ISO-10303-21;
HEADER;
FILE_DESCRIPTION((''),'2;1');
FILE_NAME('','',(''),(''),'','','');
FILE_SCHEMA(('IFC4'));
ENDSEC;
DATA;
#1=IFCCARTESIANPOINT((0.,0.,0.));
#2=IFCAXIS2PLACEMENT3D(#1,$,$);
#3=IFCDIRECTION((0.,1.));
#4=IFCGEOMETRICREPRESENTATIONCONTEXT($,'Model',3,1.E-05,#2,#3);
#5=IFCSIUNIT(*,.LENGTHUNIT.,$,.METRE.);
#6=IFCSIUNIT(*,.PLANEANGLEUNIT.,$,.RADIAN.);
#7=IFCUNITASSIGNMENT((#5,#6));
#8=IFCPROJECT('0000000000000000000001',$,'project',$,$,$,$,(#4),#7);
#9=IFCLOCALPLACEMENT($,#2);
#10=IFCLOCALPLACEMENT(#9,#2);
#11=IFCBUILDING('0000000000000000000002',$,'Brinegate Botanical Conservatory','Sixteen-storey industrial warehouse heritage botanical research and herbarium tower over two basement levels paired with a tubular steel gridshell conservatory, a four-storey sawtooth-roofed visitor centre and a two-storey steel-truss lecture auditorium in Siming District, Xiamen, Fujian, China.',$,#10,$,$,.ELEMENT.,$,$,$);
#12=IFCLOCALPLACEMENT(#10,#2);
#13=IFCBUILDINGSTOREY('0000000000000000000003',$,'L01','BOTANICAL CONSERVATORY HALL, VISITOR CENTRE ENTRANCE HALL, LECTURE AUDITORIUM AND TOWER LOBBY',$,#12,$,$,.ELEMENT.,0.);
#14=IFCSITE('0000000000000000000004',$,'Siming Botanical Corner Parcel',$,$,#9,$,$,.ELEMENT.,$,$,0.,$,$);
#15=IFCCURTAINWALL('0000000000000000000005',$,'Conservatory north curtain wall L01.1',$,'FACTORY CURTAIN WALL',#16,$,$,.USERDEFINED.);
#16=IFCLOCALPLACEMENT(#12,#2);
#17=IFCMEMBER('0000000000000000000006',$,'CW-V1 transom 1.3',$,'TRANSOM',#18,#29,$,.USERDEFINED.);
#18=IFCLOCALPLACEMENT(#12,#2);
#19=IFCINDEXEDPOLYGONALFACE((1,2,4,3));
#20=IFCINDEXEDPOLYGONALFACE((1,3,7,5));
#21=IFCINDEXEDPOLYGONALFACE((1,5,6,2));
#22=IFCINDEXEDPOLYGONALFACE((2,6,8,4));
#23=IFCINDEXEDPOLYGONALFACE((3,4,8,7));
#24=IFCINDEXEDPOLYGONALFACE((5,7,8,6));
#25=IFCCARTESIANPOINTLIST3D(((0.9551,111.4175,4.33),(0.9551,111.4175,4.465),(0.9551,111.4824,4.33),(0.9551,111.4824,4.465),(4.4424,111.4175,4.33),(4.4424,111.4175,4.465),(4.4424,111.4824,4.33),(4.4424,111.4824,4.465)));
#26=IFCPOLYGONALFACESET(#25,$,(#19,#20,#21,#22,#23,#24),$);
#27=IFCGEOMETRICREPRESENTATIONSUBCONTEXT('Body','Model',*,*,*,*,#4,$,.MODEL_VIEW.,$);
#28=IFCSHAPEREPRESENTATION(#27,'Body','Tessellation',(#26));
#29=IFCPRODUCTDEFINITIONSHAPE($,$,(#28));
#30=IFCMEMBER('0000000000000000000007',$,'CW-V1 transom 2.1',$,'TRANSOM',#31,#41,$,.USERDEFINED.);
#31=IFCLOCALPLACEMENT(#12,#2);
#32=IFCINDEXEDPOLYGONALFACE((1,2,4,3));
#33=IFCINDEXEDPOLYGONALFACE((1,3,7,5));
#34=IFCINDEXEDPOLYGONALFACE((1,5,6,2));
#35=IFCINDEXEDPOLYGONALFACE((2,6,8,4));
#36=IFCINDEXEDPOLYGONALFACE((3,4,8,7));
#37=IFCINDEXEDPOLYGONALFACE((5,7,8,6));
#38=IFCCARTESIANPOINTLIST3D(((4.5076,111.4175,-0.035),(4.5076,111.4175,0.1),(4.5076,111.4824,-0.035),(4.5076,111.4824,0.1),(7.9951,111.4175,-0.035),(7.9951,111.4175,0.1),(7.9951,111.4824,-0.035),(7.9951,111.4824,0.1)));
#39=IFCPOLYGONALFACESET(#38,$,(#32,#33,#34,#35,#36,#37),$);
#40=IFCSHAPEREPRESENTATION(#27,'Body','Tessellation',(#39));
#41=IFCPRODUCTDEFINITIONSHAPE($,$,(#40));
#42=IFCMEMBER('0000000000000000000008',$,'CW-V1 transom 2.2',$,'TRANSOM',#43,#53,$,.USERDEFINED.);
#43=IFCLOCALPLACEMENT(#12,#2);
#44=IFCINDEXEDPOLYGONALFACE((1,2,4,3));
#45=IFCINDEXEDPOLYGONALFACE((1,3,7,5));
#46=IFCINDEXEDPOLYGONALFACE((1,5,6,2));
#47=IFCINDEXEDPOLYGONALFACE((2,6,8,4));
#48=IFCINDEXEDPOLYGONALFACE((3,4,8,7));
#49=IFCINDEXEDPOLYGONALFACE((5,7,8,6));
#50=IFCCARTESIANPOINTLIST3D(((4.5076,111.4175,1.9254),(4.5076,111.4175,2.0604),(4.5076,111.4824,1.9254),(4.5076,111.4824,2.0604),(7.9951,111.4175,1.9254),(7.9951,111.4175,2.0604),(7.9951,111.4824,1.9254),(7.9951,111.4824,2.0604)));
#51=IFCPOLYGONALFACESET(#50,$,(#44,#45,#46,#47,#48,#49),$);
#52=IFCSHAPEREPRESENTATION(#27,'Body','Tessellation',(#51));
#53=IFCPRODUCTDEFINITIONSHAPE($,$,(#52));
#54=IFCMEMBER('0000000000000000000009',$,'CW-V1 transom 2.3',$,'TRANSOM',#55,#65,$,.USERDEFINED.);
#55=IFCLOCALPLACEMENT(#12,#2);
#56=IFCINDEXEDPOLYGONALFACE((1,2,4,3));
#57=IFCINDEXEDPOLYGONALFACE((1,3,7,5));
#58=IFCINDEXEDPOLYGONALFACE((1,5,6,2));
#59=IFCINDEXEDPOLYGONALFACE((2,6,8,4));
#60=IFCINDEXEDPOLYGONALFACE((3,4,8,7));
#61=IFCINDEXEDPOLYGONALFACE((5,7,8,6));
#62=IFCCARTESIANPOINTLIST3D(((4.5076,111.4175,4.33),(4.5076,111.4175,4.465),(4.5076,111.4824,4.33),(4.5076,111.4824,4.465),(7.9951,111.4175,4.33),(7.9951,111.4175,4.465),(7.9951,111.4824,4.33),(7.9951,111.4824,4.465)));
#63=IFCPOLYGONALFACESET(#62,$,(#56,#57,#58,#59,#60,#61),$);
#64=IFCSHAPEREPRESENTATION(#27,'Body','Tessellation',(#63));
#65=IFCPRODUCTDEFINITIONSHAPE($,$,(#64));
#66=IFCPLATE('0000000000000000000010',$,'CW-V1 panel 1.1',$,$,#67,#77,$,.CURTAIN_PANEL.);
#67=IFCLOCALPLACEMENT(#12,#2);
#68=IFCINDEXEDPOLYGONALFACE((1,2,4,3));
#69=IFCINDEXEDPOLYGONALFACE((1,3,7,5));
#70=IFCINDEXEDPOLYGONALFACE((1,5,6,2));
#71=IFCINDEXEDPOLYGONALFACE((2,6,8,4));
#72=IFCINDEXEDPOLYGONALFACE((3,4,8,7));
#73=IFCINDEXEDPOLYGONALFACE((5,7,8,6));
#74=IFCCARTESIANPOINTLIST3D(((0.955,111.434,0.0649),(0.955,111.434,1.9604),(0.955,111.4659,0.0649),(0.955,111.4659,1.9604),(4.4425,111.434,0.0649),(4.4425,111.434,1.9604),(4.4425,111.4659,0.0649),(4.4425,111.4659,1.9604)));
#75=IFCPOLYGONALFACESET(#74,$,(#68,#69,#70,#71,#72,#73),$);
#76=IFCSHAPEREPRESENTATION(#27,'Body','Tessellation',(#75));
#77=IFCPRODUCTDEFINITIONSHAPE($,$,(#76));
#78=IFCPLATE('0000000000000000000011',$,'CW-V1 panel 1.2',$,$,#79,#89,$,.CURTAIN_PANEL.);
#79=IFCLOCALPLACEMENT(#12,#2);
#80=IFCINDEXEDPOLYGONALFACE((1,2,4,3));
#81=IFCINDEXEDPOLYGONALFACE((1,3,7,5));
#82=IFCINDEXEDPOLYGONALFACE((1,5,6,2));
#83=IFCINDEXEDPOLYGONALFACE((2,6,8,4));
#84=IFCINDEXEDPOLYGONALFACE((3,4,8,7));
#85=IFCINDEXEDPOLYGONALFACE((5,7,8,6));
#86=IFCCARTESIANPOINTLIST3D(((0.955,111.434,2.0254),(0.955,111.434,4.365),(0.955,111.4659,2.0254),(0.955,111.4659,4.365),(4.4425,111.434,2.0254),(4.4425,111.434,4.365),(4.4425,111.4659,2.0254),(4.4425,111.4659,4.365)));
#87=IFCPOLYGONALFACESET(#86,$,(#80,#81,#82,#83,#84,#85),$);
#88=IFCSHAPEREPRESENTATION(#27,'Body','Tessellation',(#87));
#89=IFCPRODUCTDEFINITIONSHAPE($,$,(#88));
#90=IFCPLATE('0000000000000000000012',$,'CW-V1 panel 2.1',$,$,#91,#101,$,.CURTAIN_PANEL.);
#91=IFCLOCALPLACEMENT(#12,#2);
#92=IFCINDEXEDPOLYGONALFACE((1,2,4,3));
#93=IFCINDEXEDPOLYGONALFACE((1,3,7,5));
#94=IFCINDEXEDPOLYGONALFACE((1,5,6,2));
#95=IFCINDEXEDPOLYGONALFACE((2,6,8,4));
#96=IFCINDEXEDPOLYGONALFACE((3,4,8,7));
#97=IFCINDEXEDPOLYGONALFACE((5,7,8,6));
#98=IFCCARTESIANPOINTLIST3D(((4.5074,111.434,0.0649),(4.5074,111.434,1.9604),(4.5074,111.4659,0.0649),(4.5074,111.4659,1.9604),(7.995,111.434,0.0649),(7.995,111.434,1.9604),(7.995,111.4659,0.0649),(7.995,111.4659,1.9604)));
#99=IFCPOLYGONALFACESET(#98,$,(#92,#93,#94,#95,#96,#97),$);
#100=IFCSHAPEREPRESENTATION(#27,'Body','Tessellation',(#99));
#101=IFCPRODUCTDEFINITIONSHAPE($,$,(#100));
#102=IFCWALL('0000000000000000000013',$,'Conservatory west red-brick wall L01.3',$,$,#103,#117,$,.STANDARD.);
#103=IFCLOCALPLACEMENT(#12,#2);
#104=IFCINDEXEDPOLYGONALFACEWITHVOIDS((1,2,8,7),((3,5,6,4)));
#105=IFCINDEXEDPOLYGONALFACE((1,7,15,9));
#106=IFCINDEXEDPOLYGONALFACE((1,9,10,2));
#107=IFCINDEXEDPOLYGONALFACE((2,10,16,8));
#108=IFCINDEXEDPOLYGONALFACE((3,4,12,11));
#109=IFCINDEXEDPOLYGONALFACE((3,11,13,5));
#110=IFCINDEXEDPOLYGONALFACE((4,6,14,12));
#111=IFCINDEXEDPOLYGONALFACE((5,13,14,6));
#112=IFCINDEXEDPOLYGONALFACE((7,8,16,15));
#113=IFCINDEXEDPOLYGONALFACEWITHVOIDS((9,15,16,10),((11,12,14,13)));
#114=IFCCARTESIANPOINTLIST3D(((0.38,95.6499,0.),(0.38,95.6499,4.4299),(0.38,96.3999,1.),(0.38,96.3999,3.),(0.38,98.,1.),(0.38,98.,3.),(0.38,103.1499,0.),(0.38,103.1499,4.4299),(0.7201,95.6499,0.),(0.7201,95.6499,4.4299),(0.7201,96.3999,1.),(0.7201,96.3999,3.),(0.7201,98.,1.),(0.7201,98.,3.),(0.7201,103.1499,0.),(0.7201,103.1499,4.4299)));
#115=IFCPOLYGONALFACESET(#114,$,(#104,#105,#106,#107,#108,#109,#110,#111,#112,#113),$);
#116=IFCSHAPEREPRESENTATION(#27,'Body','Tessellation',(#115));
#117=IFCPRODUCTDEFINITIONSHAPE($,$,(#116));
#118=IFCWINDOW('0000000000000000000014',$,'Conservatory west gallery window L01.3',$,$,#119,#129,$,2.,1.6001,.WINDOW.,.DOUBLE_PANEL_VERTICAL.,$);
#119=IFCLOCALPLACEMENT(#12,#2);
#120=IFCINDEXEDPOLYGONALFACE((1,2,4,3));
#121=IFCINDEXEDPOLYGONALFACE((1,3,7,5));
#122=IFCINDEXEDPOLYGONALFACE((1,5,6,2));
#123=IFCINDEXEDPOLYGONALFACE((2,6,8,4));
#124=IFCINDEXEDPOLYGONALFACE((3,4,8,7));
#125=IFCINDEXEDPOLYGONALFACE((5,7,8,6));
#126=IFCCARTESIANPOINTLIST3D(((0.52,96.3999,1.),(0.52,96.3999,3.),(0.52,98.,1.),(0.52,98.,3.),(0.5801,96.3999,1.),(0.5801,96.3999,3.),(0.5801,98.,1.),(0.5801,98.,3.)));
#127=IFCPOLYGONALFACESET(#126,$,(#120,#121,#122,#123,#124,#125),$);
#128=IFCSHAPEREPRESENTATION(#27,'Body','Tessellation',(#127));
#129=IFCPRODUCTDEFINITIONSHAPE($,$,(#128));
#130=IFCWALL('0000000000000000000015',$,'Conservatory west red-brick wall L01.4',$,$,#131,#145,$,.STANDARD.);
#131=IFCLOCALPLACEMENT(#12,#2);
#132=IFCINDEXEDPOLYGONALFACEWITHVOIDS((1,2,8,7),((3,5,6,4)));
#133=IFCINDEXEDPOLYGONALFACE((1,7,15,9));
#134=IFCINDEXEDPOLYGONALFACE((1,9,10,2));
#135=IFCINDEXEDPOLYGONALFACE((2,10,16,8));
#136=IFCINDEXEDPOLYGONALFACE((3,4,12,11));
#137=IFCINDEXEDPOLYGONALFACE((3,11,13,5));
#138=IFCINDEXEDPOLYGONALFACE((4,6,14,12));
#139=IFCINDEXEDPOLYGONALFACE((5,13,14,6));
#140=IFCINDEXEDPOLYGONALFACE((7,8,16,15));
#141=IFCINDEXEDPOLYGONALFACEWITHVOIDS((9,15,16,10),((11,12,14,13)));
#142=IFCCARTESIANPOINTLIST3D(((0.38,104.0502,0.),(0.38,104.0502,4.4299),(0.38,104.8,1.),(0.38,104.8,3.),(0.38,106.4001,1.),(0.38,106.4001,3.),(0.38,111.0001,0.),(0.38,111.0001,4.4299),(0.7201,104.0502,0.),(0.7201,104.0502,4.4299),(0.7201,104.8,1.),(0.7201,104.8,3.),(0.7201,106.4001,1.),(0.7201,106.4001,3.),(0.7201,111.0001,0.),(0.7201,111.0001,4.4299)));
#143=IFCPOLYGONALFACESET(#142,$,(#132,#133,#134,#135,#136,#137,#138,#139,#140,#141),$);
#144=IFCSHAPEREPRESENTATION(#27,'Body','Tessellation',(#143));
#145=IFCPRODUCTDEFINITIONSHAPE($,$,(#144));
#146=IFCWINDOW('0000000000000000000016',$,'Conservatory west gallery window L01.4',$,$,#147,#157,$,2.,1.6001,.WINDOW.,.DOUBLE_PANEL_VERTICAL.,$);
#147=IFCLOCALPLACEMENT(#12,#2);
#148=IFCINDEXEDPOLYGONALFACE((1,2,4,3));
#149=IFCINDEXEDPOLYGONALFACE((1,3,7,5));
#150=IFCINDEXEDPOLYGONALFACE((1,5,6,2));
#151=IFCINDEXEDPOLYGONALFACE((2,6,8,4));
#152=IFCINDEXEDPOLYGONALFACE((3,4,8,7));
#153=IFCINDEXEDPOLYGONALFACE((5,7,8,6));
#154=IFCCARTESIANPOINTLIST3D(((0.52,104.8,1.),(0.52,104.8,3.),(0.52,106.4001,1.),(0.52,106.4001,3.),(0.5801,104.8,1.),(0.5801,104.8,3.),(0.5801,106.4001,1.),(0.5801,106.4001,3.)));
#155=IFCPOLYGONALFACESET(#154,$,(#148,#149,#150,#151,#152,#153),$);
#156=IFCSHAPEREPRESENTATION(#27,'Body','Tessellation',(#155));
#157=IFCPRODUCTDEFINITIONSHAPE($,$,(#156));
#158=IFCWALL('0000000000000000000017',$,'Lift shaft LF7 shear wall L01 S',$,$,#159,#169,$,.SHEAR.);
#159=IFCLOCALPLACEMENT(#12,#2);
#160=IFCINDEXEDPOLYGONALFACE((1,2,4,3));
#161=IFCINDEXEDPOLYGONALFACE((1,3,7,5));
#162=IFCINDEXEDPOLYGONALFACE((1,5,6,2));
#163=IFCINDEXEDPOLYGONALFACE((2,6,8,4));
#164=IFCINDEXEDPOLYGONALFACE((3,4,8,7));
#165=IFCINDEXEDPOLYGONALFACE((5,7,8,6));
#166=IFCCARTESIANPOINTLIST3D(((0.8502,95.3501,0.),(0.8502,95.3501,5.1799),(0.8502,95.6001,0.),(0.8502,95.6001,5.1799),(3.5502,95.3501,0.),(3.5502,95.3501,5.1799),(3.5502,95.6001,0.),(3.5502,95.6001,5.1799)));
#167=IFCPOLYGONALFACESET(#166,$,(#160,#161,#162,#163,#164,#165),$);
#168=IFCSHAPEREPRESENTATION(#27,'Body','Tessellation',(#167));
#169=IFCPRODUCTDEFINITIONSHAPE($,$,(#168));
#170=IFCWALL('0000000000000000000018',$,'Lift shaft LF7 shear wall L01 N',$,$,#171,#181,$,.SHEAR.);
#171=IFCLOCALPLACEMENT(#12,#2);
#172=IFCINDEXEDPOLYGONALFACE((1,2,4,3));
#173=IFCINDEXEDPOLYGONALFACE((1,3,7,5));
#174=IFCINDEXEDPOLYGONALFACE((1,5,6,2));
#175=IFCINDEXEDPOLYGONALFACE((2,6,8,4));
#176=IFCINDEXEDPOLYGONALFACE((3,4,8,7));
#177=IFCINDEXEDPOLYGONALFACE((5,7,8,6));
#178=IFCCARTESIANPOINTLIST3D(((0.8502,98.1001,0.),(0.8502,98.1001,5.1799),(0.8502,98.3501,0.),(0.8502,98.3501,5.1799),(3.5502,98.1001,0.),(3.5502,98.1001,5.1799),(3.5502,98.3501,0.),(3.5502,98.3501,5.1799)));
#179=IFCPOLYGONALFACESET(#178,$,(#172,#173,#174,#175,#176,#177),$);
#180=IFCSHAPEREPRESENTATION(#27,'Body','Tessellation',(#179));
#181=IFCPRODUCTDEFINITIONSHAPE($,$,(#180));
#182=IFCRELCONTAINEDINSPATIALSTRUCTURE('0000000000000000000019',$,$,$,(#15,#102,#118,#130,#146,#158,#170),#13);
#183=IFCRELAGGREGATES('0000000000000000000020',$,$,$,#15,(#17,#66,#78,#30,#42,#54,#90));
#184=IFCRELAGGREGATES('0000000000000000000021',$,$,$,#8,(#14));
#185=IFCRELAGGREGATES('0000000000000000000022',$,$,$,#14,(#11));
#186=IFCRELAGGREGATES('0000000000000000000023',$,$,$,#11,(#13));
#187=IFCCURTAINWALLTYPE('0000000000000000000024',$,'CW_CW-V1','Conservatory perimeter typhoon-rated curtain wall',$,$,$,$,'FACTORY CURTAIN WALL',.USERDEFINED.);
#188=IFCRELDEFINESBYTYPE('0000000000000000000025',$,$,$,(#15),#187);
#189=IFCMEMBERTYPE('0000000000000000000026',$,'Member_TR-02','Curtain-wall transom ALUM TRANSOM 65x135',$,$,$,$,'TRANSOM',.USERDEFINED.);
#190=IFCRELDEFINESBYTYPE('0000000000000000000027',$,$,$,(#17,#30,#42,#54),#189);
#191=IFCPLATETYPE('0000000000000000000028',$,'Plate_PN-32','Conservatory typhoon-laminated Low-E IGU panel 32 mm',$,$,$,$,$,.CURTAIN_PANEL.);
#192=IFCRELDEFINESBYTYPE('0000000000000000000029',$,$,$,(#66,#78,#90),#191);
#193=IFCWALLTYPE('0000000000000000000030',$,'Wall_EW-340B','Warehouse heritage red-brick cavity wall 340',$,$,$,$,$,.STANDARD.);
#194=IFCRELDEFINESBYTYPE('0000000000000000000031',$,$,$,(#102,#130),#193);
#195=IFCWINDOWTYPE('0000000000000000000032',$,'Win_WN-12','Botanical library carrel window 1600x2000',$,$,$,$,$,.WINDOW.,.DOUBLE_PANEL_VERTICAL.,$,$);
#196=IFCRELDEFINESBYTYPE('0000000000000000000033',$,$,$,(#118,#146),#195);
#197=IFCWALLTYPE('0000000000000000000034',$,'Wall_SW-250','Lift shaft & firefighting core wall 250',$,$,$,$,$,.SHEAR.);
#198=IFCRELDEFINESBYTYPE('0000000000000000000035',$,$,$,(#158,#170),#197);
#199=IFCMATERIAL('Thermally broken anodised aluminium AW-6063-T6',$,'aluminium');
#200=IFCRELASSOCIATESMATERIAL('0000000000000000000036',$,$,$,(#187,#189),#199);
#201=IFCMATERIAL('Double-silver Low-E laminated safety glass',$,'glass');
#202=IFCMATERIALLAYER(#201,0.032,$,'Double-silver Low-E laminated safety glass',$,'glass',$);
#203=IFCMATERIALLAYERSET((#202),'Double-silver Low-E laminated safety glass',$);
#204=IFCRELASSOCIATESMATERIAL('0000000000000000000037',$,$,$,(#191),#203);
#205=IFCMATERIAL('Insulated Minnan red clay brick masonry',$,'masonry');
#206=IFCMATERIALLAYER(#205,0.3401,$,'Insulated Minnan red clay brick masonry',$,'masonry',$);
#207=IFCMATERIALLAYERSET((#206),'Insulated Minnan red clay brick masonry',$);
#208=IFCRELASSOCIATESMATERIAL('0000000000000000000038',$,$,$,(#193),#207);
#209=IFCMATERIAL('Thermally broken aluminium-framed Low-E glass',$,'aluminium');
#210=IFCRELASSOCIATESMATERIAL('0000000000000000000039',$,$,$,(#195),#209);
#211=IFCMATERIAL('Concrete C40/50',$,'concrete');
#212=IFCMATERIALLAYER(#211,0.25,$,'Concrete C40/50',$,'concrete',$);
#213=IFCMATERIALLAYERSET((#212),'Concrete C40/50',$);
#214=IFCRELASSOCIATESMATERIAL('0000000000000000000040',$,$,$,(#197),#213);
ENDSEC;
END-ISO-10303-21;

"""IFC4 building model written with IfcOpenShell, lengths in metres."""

from ifc_helpers import new_model, si_unit, direction, frame, frame_2d, origin, origin_2d, place, context, subcontext, project, spatial, rectangle, extrude, material, layer, layer_set, material_profile, profile_set, type_object, element, fill, aggregate, save


model = new_model("IFC4")

# Units and contexts
model_context = context("Model", 3, precision=1e-05, world=origin(), true_north=direction((0.0, 1.0)))
body_context = subcontext(model_context, "Body", "Model", "MODEL_VIEW")
ifc_project = project(units=[si_unit("LENGTHUNIT", "METRE"), si_unit("PLANEANGLEUNIT", "RADIAN")], contexts=[model_context])

# Site, building, storey
site_placement = place(None, origin())
site = spatial("IfcSite", under=ifc_project, at=site_placement, Name="Siming Botanical Corner Parcel", CompositionType="ELEMENT", RefElevation=0.0)
building_placement = place(site_placement, origin())
building = spatial("IfcBuilding", under=site, at=building_placement, Name="Brinegate Botanical Conservatory", Description="Sixteen-storey industrial warehouse heritage botanical research and herbarium tower over two basement levels paired with a tubular steel gridshell conservatory, a four-storey sawtooth-roofed visitor centre and a two-storey steel-truss lecture auditorium in Siming District, Xiamen, Fujian, China.", CompositionType="ELEMENT")
storey_placement = place(building_placement, origin())
storey = spatial("IfcBuildingStorey", under=building, at=storey_placement, Name="L01", Description="BOTANICAL CONSERVATORY HALL, VISITOR CENTRE ENTRANCE HALL, LECTURE AUDITORIUM AND TOWER LOBBY", CompositionType="ELEMENT", Elevation=0.0)

# Shared definitions
ifc_material_1 = material(Name="Concrete C40/50", Category="concrete")

# Curtain wall, members, plates
ifc_material_2 = material(Name="Thermally broken anodised aluminium AW-6063-T6", Category="aluminium")
curtain_wall_type = type_object("IfcCurtainWallType", Name="CW_CW-V1", Description="Conservatory perimeter typhoon-rated curtain wall", ElementType="FACTORY CURTAIN WALL", PredefinedType="USERDEFINED", material=ifc_material_2)
curtain_wall_placement = place(storey_placement, origin())
curtain_wall = element("IfcCurtainWall", 1, at=curtain_wall_placement, inside=storey, type_object=curtain_wall_type, Name="Conservatory north curtain wall L01.1", ObjectType="FACTORY CURTAIN WALL", PredefinedType="USERDEFINED")
ifc_material_profile_1 = material_profile(ifc_material_2, rectangle(XDim=0.0649, YDim=0.135, at=origin_2d()), Name="ALUM TRANSOM 65x135")
ifc_profile_set_1 = profile_set([ifc_material_profile_1], Name="Thermally broken anodised aluminium AW-6063-T6")
member_type_1 = type_object("IfcMemberType", Name="Member_TR-02", Description="Curtain-wall transom ALUM TRANSOM 65x135", ElementType="TRANSOM", PredefinedType="USERDEFINED", material=ifc_profile_set_1)
member_1_placement = place(storey_placement, frame((0.9551, 111.45, 4.3975), z_axis=(1.0, 0.0, 0.0), x_axis=(0.0, 1.0, 0.0)))
member_1 = element("IfcMember", 2, at=member_1_placement, type_object=member_type_1, Name="CW-V1 transom 1.3", ObjectType="TRANSOM", PredefinedType="USERDEFINED", context=body_context, shape_type="SweptSolid", body=[
    extrude(rectangle(XDim=0.0649, YDim=0.135, at=origin_2d()), origin(), (0.0, 0.0, 1.0), 3.4873),
])
member_2_placement = place(storey_placement, frame((4.5076, 111.45, 0.0325), z_axis=(1.0, 0.0, 0.0), x_axis=(0.0, 1.0, 0.0)))
member_2 = element("IfcMember", 3, at=member_2_placement, type_object=member_type_1, Name="CW-V1 transom 2.1", ObjectType="TRANSOM", PredefinedType="USERDEFINED", context=body_context, shape_type="SweptSolid", body=[
    extrude(rectangle(XDim=0.0649, YDim=0.135, at=origin_2d()), origin(), (0.0, 0.0, 1.0), 3.4875),
])
member_3_placement = place(storey_placement, frame((4.5076, 111.45, 1.9929), z_axis=(1.0, 0.0, 0.0), x_axis=(0.0, 1.0, 0.0)))
member_3 = element("IfcMember", 4, at=member_3_placement, type_object=member_type_1, Name="CW-V1 transom 2.2", ObjectType="TRANSOM", PredefinedType="USERDEFINED", context=body_context, shape_type="SweptSolid", body=[
    extrude(rectangle(XDim=0.0649, YDim=0.135, at=origin_2d()), origin(), (0.0, 0.0, 1.0), 3.4875),
])
member_4_placement = place(storey_placement, frame((4.5076, 111.45, 4.3975), z_axis=(1.0, 0.0, 0.0), x_axis=(0.0, 1.0, 0.0)))
member_4 = element("IfcMember", 5, at=member_4_placement, type_object=member_type_1, Name="CW-V1 transom 2.3", ObjectType="TRANSOM", PredefinedType="USERDEFINED", context=body_context, shape_type="SweptSolid", body=[
    extrude(rectangle(XDim=0.0649, YDim=0.135, at=origin_2d()), origin(), (0.0, 0.0, 1.0), 3.4875),
])
ifc_material_3 = material(Name="Double-silver Low-E laminated safety glass", Category="glass")
ifc_layer_1 = layer(ifc_material_3, 0.032, Name="Double-silver Low-E laminated safety glass", Category="glass")
ifc_layer_set_1 = layer_set([ifc_layer_1], Name="Double-silver Low-E laminated safety glass")
plate_type = type_object("IfcPlateType", Name="Plate_PN-32", Description="Conservatory typhoon-laminated Low-E IGU panel 32 mm", PredefinedType="CURTAIN_PANEL", material=ifc_layer_set_1)
plate_1_placement = place(storey_placement, frame((2.6987, 111.45, 0.0649), z_axis=(0.0, 0.0, 1.0), x_axis=(1.0, 0.0, 0.0)))
plate_1 = element("IfcPlate", 6, at=plate_1_placement, type_object=plate_type, Name="CW-V1 panel 1.1", PredefinedType="CURTAIN_PANEL", context=body_context, shape_type="SweptSolid", body=[
    extrude(rectangle(XDim=3.4875, YDim=0.032, at=origin_2d()), origin(), (0.0, 0.0, 1.0), 1.8955),
])
plate_2_placement = place(storey_placement, frame((2.6987, 111.45, 2.0254), z_axis=(0.0, 0.0, 1.0), x_axis=(1.0, 0.0, 0.0)))
plate_2 = element("IfcPlate", 7, at=plate_2_placement, type_object=plate_type, Name="CW-V1 panel 1.2", PredefinedType="CURTAIN_PANEL", context=body_context, shape_type="SweptSolid", body=[
    extrude(rectangle(XDim=3.4875, YDim=0.032, at=origin_2d()), origin(), (0.0, 0.0, 1.0), 2.3396),
])
plate_3_placement = place(storey_placement, frame((6.2512, 111.45, 0.0649), z_axis=(0.0, 0.0, 1.0), x_axis=(1.0, 0.0, 0.0)))
plate_3 = element("IfcPlate", 8, at=plate_3_placement, type_object=plate_type, Name="CW-V1 panel 2.1", PredefinedType="CURTAIN_PANEL", context=body_context, shape_type="SweptSolid", body=[
    extrude(rectangle(XDim=3.4875, YDim=0.032, at=origin_2d()), origin(), (0.0, 0.0, 1.0), 1.8955),
])
aggregate(curtain_wall, [member_1, plate_1, plate_2, member_2, member_3, member_4, plate_3])

# Walls, openings, windows
ifc_material_4 = material(Name="Insulated Minnan red clay brick masonry", Category="masonry")
ifc_layer_2 = layer(ifc_material_4, 0.3401, Name="Insulated Minnan red clay brick masonry", Category="masonry")
ifc_layer_set_2 = layer_set([ifc_layer_2], Name="Insulated Minnan red clay brick masonry")
wall_type_1 = type_object("IfcWallType", Name="Wall_EW-340B", Description="Warehouse heritage red-brick cavity wall 340", PredefinedType="STANDARD", material=ifc_layer_set_2)
wall_1_placement = place(storey_placement, frame((0.55, 95.6499, 0.0), z_axis=(0.0, 0.0, 1.0), x_axis=(0.0, 1.0, 0.0)))
wall_1 = element("IfcWall", 9, at=wall_1_placement, inside=storey, type_object=wall_type_1, Name="Conservatory west red-brick wall L01.3", PredefinedType="STANDARD", context=body_context, shape_type="SweptSolid", body=[
    extrude(rectangle(XDim=7.5, YDim=0.3401, at=frame_2d((3.75, 0.0))), origin(), (0.0, 0.0, 1.0), 4.4299),
])
opening_1_placement = place(wall_1_placement, frame((0.75, 0.0, 1.0)))
opening_1 = element("IfcOpeningElement", 10, at=opening_1_placement, cuts=wall_1, PredefinedType="OPENING", context=body_context, shape_type="SweptSolid", body=[
    extrude(rectangle(XDim=1.6001, YDim=2.0, at=frame_2d((0.8, 1.0))), frame((0.0, 0.1799, 0.0), z_axis=(0.0, -1.0, 0.0), x_axis=(1.0, 0.0, 0.0)), (0.0, 0.0, 1.0), 0.3601),
])
ifc_material_5 = material(Name="Thermally broken aluminium-framed Low-E glass", Category="aluminium")
window_type = type_object("IfcWindowType", Name="Win_WN-12", Description="Botanical library carrel window 1600x2000", PartitioningType="DOUBLE_PANEL_VERTICAL", PredefinedType="WINDOW", material=ifc_material_5)
window_1_placement = place(opening_1_placement, origin())
window_1 = element("IfcWindow", 11, at=window_1_placement, inside=storey, type_object=window_type, Name="Conservatory west gallery window L01.3", OverallHeight=2.0, OverallWidth=1.6001, PartitioningType="DOUBLE_PANEL_VERTICAL", PredefinedType="WINDOW", context=body_context, shape_type="SweptSolid", body=[
    extrude(rectangle(XDim=1.6001, YDim=2.0, at=frame_2d((0.8, 1.0))), frame((0.0, 0.03, 0.0), z_axis=(0.0, -1.0, 0.0), x_axis=(1.0, 0.0, 0.0)), (0.0, 0.0, 1.0), 0.0601),
])
fill(opening_1, window_1)
wall_2_placement = place(storey_placement, frame((0.55, 104.05, 0.0), z_axis=(0.0, 0.0, 1.0), x_axis=(0.0, 1.0, 0.0)))
wall_2 = element("IfcWall", 12, at=wall_2_placement, inside=storey, type_object=wall_type_1, Name="Conservatory west red-brick wall L01.4", PredefinedType="STANDARD", context=body_context, shape_type="SweptSolid", body=[
    extrude(rectangle(XDim=6.95, YDim=0.3401, at=frame_2d((3.4751, 0.0))), origin(), (0.0, 0.0, 1.0), 4.4299),
])
opening_2_placement = place(wall_2_placement, frame((0.75, 0.0, 1.0)))
opening_2 = element("IfcOpeningElement", 13, at=opening_2_placement, cuts=wall_2, PredefinedType="OPENING", context=body_context, shape_type="SweptSolid", body=[
    extrude(rectangle(XDim=1.6001, YDim=2.0, at=frame_2d((0.8, 1.0))), frame((0.0, 0.1799, 0.0), z_axis=(0.0, -1.0, 0.0), x_axis=(1.0, 0.0, 0.0)), (0.0, 0.0, 1.0), 0.3601),
])
window_2_placement = place(opening_2_placement, origin())
window_2 = element("IfcWindow", 14, at=window_2_placement, inside=storey, type_object=window_type, Name="Conservatory west gallery window L01.4", OverallHeight=2.0, OverallWidth=1.6001, PartitioningType="DOUBLE_PANEL_VERTICAL", PredefinedType="WINDOW", context=body_context, shape_type="SweptSolid", body=[
    extrude(rectangle(XDim=1.6001, YDim=2.0, at=frame_2d((0.8, 1.0))), frame((0.0, 0.03, 0.0), z_axis=(0.0, -1.0, 0.0), x_axis=(1.0, 0.0, 0.0)), (0.0, 0.0, 1.0), 0.0601),
])
fill(opening_2, window_2)

# Walls
ifc_layer_3 = layer(ifc_material_1, 0.25, Name="Concrete C40/50", Category="concrete")
ifc_layer_set_3 = layer_set([ifc_layer_3], Name="Concrete C40/50")
wall_type_2 = type_object("IfcWallType", Name="Wall_SW-250", Description="Lift shaft & firefighting core wall 250", PredefinedType="SHEAR", material=ifc_layer_set_3)
for number, where, z_axis, x_axis, name in (
    (15, (0.8501, 95.4751, 0.0), (0.0, 0.0, 1.0), (1.0, 0.0, 0.0), "Lift shaft LF7 shear wall L01 S"),
    (16, (0.8501, 98.2251, 0.0), (0.0, 0.0, 1.0), (1.0, 0.0, 0.0), "Lift shaft LF7 shear wall L01 N"),
):
    element("IfcWall", number, at=place(storey_placement, frame(where, z_axis=z_axis, x_axis=x_axis)), inside=storey, type_object=wall_type_2, Name=name, PredefinedType="SHEAR", context=body_context, shape_type="SweptSolid", body=[
        extrude(rectangle(XDim=2.7, YDim=0.25, at=frame_2d((1.3501, 0.0))), origin(), (0.0, 0.0, 1.0), 5.1799),
    ])

save(model, "model.ifc")
